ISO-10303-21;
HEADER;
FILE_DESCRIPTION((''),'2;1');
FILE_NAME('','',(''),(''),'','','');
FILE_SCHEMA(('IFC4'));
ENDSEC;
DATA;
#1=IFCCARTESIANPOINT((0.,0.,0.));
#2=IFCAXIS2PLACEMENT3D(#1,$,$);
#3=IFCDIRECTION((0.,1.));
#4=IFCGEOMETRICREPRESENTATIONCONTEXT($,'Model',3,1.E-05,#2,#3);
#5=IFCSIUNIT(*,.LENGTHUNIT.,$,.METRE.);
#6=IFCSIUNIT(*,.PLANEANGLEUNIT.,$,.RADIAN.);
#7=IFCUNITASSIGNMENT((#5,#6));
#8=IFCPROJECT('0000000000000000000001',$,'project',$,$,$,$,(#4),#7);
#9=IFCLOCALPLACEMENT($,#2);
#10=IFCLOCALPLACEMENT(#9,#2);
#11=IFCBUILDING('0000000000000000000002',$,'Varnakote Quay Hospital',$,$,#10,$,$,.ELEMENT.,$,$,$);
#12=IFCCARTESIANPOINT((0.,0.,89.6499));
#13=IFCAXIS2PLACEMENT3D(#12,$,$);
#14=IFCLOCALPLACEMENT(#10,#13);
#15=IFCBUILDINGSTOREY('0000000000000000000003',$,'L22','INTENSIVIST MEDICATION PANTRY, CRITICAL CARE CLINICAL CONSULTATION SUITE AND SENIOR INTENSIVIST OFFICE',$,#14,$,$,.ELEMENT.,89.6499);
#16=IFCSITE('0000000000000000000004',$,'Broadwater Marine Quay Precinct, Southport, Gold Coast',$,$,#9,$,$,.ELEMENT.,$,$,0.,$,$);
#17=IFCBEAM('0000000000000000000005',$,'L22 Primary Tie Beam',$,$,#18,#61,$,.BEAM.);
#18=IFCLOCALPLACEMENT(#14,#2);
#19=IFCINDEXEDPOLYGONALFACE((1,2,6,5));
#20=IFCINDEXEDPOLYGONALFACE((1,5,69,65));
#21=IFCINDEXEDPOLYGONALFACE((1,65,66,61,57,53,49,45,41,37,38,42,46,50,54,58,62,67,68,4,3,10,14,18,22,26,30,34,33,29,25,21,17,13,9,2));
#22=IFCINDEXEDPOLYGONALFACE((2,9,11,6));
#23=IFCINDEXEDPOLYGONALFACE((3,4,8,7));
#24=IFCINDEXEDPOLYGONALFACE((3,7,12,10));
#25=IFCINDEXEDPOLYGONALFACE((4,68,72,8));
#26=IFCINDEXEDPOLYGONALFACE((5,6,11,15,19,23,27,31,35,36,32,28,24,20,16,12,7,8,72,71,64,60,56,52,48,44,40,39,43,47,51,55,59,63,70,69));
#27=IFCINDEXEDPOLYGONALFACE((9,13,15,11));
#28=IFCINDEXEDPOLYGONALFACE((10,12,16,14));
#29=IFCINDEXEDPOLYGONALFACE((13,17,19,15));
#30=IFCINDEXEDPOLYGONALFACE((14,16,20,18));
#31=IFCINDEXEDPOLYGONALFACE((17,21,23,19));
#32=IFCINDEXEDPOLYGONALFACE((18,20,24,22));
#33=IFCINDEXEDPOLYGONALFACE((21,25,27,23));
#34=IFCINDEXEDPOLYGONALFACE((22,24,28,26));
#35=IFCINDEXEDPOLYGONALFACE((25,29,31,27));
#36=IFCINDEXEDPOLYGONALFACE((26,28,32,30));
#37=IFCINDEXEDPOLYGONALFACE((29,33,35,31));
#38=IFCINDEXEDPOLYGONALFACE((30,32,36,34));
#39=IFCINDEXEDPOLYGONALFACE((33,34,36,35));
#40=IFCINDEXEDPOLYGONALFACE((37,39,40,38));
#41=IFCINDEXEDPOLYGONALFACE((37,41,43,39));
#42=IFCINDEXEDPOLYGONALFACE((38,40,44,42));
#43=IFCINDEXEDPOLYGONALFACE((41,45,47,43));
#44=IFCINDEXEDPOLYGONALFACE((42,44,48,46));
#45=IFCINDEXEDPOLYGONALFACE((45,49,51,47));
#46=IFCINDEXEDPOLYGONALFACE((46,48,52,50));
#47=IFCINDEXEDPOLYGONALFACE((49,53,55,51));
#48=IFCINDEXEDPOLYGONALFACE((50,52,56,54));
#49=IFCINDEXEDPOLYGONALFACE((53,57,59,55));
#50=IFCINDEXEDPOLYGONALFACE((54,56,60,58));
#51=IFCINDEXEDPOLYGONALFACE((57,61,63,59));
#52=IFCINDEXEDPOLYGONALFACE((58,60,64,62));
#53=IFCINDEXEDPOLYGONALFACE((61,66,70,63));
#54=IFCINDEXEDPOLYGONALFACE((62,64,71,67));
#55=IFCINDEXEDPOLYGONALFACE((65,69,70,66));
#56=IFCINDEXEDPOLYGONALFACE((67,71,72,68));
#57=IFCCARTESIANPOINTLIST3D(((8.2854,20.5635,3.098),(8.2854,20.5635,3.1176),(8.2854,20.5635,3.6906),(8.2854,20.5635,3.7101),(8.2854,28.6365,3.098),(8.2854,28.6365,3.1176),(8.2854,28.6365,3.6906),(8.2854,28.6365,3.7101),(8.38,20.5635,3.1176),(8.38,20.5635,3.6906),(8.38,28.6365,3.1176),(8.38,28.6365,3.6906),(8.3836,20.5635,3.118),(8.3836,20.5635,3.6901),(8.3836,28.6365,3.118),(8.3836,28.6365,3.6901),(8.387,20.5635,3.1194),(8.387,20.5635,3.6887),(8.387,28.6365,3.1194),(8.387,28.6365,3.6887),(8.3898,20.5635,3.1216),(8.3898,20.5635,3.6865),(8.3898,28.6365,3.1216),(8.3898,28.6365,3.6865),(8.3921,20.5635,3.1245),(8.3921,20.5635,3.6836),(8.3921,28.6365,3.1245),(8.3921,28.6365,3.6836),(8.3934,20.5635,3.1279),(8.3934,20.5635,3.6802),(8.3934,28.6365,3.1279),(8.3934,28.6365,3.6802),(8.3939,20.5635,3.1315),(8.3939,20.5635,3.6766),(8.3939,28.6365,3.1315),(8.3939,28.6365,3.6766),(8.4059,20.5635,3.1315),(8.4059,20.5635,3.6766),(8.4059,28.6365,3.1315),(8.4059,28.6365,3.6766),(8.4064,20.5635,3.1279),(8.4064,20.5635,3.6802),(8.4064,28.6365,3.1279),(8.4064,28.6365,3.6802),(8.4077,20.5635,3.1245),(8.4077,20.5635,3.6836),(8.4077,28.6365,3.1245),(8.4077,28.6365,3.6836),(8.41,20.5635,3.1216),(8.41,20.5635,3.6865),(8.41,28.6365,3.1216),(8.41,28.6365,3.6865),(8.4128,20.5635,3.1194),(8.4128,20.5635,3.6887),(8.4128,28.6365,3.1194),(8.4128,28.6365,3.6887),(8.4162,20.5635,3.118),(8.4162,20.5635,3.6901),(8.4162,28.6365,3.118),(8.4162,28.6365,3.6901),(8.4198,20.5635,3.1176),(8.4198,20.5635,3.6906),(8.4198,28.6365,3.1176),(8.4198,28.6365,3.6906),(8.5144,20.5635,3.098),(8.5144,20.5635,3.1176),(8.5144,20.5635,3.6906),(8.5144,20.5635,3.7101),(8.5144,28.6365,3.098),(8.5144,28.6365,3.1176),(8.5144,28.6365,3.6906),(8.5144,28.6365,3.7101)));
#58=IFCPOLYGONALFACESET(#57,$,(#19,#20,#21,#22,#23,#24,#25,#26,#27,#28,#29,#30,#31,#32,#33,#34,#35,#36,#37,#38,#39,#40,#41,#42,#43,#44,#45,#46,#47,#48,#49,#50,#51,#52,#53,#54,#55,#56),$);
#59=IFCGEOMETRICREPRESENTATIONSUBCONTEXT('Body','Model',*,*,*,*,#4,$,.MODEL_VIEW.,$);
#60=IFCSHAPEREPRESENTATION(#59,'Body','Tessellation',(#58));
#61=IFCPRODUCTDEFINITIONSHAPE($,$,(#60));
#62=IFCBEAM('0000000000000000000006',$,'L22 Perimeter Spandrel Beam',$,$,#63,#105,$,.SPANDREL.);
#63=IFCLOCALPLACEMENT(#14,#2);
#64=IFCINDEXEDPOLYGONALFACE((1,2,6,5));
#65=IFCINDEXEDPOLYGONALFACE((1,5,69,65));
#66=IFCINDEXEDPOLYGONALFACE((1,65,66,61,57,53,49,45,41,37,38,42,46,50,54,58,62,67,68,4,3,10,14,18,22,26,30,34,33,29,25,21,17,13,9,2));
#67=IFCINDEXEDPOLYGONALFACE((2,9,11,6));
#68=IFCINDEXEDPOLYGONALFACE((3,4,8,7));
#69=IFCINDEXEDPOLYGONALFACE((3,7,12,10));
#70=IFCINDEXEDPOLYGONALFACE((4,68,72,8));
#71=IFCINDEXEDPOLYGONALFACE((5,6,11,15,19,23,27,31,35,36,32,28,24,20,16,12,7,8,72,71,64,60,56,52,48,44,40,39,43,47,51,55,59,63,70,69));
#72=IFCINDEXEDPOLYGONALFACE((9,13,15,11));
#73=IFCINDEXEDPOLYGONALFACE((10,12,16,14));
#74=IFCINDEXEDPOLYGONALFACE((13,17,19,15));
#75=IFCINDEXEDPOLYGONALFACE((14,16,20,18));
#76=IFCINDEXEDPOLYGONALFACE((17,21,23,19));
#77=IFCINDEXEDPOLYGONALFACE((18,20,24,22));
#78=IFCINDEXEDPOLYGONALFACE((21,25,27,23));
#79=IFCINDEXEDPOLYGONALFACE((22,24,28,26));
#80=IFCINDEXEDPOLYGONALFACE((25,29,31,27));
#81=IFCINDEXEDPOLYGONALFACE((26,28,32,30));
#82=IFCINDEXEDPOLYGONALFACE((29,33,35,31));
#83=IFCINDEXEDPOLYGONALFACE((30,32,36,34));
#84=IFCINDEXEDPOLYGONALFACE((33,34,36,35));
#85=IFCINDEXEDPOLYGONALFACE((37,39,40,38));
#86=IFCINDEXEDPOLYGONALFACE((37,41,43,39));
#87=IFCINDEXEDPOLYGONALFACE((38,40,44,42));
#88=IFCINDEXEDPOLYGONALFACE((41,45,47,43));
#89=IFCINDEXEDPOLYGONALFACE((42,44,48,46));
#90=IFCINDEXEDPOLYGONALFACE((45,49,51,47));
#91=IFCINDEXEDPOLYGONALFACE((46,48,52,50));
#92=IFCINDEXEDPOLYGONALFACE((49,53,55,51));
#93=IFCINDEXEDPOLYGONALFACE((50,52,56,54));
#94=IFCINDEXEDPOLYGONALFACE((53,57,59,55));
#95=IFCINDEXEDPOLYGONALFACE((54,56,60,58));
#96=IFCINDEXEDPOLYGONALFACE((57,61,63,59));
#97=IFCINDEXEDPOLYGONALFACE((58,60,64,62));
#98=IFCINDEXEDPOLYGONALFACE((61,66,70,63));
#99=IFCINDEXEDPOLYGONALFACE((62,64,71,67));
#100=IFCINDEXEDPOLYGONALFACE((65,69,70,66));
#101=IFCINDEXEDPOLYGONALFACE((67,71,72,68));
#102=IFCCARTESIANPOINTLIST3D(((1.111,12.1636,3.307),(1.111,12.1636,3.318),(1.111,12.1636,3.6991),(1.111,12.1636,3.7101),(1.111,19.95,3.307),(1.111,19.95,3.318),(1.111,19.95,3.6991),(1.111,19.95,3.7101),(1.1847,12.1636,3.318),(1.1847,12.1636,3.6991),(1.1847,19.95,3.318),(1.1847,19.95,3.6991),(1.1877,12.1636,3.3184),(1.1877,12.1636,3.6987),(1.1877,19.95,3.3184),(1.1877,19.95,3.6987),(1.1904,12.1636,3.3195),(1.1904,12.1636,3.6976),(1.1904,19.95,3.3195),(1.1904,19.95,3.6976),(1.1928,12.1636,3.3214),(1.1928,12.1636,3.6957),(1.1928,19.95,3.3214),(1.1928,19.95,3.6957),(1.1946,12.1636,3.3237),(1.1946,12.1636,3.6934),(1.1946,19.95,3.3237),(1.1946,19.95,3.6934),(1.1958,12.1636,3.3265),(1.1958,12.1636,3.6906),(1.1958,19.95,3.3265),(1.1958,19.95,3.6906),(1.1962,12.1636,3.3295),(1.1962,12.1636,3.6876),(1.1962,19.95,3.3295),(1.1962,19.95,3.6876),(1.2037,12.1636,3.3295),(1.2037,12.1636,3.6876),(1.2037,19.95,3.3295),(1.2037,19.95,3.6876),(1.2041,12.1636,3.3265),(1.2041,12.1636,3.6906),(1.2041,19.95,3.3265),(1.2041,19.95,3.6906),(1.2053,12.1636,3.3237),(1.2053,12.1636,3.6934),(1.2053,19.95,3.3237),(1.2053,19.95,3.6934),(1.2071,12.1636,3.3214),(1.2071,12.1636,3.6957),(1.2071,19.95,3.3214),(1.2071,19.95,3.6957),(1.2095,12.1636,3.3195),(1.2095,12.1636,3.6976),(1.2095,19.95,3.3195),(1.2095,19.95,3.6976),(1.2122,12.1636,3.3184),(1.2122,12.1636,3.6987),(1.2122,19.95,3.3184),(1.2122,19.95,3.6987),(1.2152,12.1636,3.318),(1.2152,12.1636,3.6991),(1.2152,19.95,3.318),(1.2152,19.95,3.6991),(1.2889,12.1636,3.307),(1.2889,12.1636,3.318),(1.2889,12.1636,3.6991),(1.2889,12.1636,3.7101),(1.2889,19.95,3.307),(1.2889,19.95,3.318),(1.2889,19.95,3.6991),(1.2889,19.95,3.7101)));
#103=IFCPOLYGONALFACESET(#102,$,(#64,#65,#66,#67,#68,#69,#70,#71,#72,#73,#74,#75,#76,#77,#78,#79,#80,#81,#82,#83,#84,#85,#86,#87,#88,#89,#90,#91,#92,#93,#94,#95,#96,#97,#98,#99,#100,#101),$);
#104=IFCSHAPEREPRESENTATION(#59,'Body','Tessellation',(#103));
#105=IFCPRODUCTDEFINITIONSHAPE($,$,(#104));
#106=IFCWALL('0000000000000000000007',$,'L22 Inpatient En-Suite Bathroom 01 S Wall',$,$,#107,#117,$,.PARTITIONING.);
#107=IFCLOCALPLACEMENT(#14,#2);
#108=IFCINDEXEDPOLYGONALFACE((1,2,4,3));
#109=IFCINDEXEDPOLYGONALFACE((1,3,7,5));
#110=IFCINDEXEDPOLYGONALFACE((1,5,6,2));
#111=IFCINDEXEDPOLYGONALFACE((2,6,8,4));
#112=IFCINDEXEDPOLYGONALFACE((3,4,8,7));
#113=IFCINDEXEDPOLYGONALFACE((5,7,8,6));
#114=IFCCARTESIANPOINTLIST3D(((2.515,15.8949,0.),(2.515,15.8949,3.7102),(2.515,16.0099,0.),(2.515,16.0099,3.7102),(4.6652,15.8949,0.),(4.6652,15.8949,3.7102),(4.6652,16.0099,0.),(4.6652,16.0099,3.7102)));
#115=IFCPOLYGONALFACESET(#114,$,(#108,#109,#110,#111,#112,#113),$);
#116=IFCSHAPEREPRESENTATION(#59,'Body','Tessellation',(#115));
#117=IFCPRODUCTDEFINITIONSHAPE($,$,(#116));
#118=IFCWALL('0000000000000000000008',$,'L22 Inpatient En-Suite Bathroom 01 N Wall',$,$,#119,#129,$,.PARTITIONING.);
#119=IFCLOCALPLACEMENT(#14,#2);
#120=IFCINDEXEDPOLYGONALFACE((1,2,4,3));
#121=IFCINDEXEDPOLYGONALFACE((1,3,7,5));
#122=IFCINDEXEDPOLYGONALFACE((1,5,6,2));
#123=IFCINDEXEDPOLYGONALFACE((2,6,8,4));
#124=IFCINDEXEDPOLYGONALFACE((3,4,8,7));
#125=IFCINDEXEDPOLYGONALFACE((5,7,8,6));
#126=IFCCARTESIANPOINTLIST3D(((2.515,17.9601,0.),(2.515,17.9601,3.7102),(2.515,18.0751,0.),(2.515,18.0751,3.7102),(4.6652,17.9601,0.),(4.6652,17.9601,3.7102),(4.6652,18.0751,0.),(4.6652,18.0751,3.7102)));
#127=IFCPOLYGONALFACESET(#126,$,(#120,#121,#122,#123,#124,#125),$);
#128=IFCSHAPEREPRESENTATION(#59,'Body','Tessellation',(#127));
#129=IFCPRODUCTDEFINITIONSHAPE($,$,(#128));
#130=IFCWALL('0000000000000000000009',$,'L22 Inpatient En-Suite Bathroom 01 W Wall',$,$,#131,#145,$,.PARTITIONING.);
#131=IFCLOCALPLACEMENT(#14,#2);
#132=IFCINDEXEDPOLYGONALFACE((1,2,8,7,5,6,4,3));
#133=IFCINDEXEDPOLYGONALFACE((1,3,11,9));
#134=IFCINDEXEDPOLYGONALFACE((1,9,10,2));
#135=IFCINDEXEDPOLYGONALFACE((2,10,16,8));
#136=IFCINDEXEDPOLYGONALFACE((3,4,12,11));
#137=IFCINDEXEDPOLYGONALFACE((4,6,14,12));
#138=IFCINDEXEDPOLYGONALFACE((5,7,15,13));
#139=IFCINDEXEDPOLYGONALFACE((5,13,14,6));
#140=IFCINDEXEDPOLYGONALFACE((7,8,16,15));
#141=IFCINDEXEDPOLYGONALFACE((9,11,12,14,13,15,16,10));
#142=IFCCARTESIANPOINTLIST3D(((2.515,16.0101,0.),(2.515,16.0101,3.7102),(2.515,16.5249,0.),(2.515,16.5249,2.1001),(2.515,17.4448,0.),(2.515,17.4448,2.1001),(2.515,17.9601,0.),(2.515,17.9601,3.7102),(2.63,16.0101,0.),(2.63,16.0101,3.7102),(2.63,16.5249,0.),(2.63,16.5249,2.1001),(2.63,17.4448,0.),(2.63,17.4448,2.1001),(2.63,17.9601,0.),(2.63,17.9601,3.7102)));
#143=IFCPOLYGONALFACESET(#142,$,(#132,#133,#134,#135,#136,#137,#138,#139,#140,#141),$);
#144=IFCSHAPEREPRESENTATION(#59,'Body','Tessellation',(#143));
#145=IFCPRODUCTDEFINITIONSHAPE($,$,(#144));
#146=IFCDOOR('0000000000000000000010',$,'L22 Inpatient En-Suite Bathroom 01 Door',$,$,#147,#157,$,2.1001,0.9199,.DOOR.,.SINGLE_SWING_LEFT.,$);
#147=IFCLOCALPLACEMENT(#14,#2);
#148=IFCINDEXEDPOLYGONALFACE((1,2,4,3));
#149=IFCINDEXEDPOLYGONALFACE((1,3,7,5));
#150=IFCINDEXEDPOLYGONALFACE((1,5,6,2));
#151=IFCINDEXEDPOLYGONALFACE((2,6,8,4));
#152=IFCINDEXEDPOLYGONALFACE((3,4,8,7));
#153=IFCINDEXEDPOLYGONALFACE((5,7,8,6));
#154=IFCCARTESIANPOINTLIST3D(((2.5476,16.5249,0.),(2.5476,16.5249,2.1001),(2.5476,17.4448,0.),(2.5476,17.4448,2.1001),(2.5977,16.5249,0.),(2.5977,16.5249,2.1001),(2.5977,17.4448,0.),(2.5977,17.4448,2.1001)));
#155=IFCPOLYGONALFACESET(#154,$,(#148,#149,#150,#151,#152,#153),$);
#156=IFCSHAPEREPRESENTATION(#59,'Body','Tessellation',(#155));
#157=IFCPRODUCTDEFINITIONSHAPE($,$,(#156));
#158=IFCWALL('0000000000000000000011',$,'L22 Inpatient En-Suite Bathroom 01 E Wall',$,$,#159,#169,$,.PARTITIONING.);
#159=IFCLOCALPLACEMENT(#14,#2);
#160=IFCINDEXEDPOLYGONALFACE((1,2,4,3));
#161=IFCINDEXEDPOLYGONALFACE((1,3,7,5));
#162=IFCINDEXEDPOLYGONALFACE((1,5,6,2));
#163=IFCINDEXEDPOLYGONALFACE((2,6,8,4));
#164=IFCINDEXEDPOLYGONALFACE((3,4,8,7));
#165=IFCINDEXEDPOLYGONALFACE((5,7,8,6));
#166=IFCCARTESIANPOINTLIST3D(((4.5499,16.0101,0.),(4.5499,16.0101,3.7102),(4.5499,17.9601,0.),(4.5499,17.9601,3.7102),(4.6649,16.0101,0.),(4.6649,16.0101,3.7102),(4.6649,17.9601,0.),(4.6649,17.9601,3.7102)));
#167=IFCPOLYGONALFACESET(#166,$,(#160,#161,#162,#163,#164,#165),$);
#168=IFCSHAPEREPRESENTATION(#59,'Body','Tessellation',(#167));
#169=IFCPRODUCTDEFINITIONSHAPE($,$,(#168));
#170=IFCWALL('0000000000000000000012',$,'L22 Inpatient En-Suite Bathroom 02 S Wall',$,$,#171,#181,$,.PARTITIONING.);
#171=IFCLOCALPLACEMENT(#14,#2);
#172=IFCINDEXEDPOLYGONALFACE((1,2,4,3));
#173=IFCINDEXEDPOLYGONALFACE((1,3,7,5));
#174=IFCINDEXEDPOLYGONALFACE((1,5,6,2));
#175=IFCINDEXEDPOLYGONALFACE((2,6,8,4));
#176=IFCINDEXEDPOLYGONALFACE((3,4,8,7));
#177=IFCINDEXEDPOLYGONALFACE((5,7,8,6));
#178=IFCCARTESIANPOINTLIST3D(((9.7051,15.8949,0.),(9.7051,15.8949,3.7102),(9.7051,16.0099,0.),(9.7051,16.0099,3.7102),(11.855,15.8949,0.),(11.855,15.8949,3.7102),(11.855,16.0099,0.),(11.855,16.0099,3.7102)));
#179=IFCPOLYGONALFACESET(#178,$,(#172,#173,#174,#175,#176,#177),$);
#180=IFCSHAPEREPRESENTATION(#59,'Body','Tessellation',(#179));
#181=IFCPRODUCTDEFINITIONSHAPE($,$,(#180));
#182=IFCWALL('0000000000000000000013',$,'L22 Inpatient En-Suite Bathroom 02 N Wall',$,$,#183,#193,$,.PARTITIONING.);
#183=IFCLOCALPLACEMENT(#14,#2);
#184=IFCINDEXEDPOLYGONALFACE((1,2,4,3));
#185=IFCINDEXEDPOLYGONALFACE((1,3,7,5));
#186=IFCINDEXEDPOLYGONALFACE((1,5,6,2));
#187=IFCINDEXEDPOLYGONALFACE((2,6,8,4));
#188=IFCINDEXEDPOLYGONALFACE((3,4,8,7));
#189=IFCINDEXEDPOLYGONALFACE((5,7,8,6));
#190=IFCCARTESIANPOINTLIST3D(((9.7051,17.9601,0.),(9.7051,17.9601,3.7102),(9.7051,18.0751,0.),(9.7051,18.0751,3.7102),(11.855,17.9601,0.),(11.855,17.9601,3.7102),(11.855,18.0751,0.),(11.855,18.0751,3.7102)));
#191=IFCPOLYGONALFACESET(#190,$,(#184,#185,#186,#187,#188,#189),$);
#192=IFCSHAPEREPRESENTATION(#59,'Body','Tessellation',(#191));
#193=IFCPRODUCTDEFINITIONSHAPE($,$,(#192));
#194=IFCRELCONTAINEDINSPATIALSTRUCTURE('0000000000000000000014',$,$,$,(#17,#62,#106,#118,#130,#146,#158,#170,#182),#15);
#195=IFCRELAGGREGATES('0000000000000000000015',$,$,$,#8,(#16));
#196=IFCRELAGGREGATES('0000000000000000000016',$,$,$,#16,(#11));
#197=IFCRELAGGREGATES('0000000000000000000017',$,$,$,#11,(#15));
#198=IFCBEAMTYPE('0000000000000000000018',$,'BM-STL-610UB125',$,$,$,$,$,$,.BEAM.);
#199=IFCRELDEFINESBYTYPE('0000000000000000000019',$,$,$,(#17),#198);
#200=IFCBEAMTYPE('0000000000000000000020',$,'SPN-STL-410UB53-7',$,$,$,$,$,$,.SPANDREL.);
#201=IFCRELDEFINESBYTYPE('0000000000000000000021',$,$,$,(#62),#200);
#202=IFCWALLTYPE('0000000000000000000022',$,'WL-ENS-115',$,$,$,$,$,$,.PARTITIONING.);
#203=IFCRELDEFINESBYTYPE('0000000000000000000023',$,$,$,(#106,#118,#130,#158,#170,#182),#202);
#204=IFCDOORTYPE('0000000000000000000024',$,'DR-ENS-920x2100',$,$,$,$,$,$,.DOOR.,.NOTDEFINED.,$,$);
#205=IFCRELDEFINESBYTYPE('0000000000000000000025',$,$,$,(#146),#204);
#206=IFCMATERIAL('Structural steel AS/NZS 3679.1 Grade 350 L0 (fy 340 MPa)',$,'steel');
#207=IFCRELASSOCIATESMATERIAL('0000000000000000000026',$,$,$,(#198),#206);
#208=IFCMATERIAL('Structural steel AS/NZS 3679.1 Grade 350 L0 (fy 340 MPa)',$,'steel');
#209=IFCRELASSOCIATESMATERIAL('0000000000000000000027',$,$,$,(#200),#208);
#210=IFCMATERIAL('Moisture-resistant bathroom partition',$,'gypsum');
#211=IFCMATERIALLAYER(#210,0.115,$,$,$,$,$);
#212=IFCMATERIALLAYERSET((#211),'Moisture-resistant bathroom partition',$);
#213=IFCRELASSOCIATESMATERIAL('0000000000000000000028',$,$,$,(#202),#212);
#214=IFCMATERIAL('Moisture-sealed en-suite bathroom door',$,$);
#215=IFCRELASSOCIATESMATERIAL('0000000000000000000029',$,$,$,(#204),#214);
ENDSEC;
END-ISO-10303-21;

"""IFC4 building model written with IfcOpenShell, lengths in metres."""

from ifc_helpers import new_model, si_unit, direction, frame, frame_2d, origin, origin_2d, place, context, subcontext, project, spatial, rectangle, i_section, extrude, material, layer, layer_set, material_profile, profile_set, type_object, element, fill, save


model = new_model("IFC4")

# Units and contexts
model_context = context("Model", 3, precision=1e-05, world=origin(), true_north=direction((0.0, 1.0)))
body_context = subcontext(model_context, "Body", "Model", "MODEL_VIEW")
ifc_project = project(units=[si_unit("LENGTHUNIT", "METRE"), si_unit("PLANEANGLEUNIT", "RADIAN")], contexts=[model_context])

# Site, building, storey
site_placement = place(None, origin())
site = spatial("IfcSite", under=ifc_project, at=site_placement, Name="Broadwater Marine Quay Precinct, Southport, Gold Coast", CompositionType="ELEMENT", RefElevation=0.0)
building_placement = place(site_placement, origin())
building = spatial("IfcBuilding", under=site, at=building_placement, Name="Varnakote Quay Hospital", CompositionType="ELEMENT")
storey_placement = place(building_placement, frame((0.0, 0.0, 89.6499)))
storey = spatial("IfcBuildingStorey", under=building, at=storey_placement, Name="L22", Description="INTENSIVIST MEDICATION PANTRY, CRITICAL CARE CLINICAL CONSULTATION SUITE AND SENIOR INTENSIVIST OFFICE", CompositionType="ELEMENT", Elevation=89.6499)

# Beams
ifc_material_1 = material(Name="Structural steel AS/NZS 3679.1 Grade 350 L0 (fy 340 MPa)", Category="steel")
ifc_material_profile_1 = material_profile(ifc_material_1, i_section(OverallWidth=0.229, OverallDepth=0.6121, WebThickness=0.012, FlangeThickness=0.0195, FilletRadius=0.0139, at=origin_2d()), Name="610UB125")
ifc_profile_set_1 = profile_set([ifc_material_profile_1], Name="Structural steel AS/NZS 3679.1 Grade 350 L0 (fy 340 MPa)")
beam_type_1 = type_object("IfcBeamType", Name="BM-STL-610UB125", PredefinedType="BEAM", material=ifc_profile_set_1)
beam_1_placement = place(storey_placement, frame((8.3999, 20.5635, 3.4041), z_axis=(0.0, 1.0, 0.0), x_axis=(-1.0, 0.0, 0.0)))
element("IfcBeam", 1, at=beam_1_placement, inside=storey, type_object=beam_type_1, Name="L22 Primary Tie Beam", PredefinedType="BEAM", context=body_context, shape_type="SweptSolid", body=[
    extrude(i_section(OverallWidth=0.229, OverallDepth=0.6121, WebThickness=0.012, FlangeThickness=0.0195, FilletRadius=0.0139, at=origin_2d()), origin(), (0.0, 0.0, 1.0), 8.073),
])
ifc_material_2 = material(Name="Structural steel AS/NZS 3679.1 Grade 350 L0 (fy 340 MPa)", Category="steel")
ifc_material_profile_2 = material_profile(ifc_material_2, i_section(OverallWidth=0.178, OverallDepth=0.4031, WebThickness=0.0076, FlangeThickness=0.011, FilletRadius=0.0115, at=origin_2d()), Name="410UB53.7")
ifc_profile_set_2 = profile_set([ifc_material_profile_2], Name="Structural steel AS/NZS 3679.1 Grade 350 L0 (fy 340 MPa)")
beam_type_2 = type_object("IfcBeamType", Name="SPN-STL-410UB53-7", PredefinedType="SPANDREL", material=ifc_profile_set_2)
beam_2_placement = place(storey_placement, frame((1.2, 12.1636, 3.5085), z_axis=(0.0, 1.0, 0.0), x_axis=(-1.0, 0.0, 0.0)))
element("IfcBeam", 2, at=beam_2_placement, inside=storey, type_object=beam_type_2, Name="L22 Perimeter Spandrel Beam", PredefinedType="SPANDREL", context=body_context, shape_type="SweptSolid", body=[
    extrude(i_section(OverallWidth=0.178, OverallDepth=0.4031, WebThickness=0.0076, FlangeThickness=0.011, FilletRadius=0.0115, at=origin_2d()), origin(), (0.0, 0.0, 1.0), 7.7864),
])

# Walls
ifc_material_3 = material(Name="Moisture-resistant bathroom partition", Category="gypsum")
ifc_layer_1 = layer(ifc_material_3, 0.115)
ifc_layer_set_1 = layer_set([ifc_layer_1], Name="Moisture-resistant bathroom partition")
wall_type_1 = type_object("IfcWallType", Name="WL-ENS-115", PredefinedType="PARTITIONING", material=ifc_layer_set_1)
for number, where, z_axis, x_axis, name in (
    (3, (2.5149, 15.9524, 0.0), (0.0, 0.0, 1.0), (1.0, 0.0, 0.0), "L22 Inpatient En-Suite Bathroom 01 S Wall"),
    (4, (2.5149, 18.0176, 0.0), (0.0, 0.0, 1.0), (1.0, 0.0, 0.0), "L22 Inpatient En-Suite Bathroom 01 N Wall"),
):
    element("IfcWall", number, at=place(storey_placement, frame(where, z_axis=z_axis, x_axis=x_axis)), inside=storey, type_object=wall_type_1, Name=name, PredefinedType="PARTITIONING", context=body_context, shape_type="SweptSolid", body=[
        extrude(rectangle(XDim=2.1501, YDim=0.115, at=frame_2d((1.0752, 0.0))), origin(), (0.0, 0.0, 1.0), 3.7102),
    ])

# Wall, opening, door
wall_1_placement = place(storey_placement, frame((2.5725, 16.01, 0.0), z_axis=(0.0, 0.0, 1.0), x_axis=(0.0, 1.0, 0.0)))
wall_1 = element("IfcWall", 5, at=wall_1_placement, inside=storey, type_object=wall_type_1, Name="L22 Inpatient En-Suite Bathroom 01 W Wall", PredefinedType="PARTITIONING", context=body_context, shape_type="SweptSolid", body=[
    extrude(rectangle(XDim=1.95, YDim=0.115, at=frame_2d((0.9751, 0.0))), origin(), (0.0, 0.0, 1.0), 3.7102),
])
opening_1_placement = place(wall_1_placement, frame((0.5149, 0.0, 0.0)))
opening_1 = element("IfcOpeningElement", 6, at=opening_1_placement, cuts=wall_1, PredefinedType="OPENING", context=body_context, shape_type="SweptSolid", body=[
    extrude(rectangle(XDim=0.9199, YDim=2.1001, at=frame_2d((0.46, 1.05))), frame((0.0, 0.0674, 0.0), z_axis=(0.0, -1.0, 0.0), x_axis=(1.0, 0.0, 0.0)), (0.0, 0.0, 1.0), 0.135),
])
ifc_material_4 = material(Name="Moisture-sealed en-suite bathroom door")
door_type_1 = type_object("IfcDoorType", Name="DR-ENS-920x2100", OperationType="NOTDEFINED", PredefinedType="DOOR", material=ifc_material_4)
door_1_placement = place(opening_1_placement, origin())
door_1 = element("IfcDoor", 7, at=door_1_placement, inside=storey, type_object=door_type_1, Name="L22 Inpatient En-Suite Bathroom 01 Door", OperationType="SINGLE_SWING_LEFT", OverallHeight=2.1001, OverallWidth=0.9199, PredefinedType="DOOR", context=body_context, shape_type="SweptSolid", body=[
    extrude(rectangle(XDim=0.9199, YDim=2.1001, at=frame_2d((0.46, 1.05))), frame((0.0, 0.0249, 0.0), z_axis=(0.0, -1.0, 0.0), x_axis=(1.0, 0.0, 0.0)), (0.0, 0.0, 1.0), 0.05),
])
fill(opening_1, door_1)

# Walls
wall_2_placement = place(storey_placement, frame((4.6074, 16.01, 0.0), z_axis=(0.0, 0.0, 1.0), x_axis=(0.0, 1.0, 0.0)))
element("IfcWall", 8, at=wall_2_placement, inside=storey, type_object=wall_type_1, Name="L22 Inpatient En-Suite Bathroom 01 E Wall", PredefinedType="PARTITIONING", context=body_context, shape_type="SweptSolid", body=[
    extrude(rectangle(XDim=1.95, YDim=0.115, at=frame_2d((0.9751, 0.0))), origin(), (0.0, 0.0, 1.0), 3.7102),
])
for number, where, z_axis, x_axis, name in (
    (9, (9.7051, 15.9524, 0.0), (0.0, 0.0, 1.0), (1.0, 0.0, 0.0), "L22 Inpatient En-Suite Bathroom 02 S Wall"),
    (10, (9.7051, 18.0176, 0.0), (0.0, 0.0, 1.0), (1.0, 0.0, 0.0), "L22 Inpatient En-Suite Bathroom 02 N Wall"),
):
    element("IfcWall", number, at=place(storey_placement, frame(where, z_axis=z_axis, x_axis=x_axis)), inside=storey, type_object=wall_type_1, Name=name, PredefinedType="PARTITIONING", context=body_context, shape_type="SweptSolid", body=[
        extrude(rectangle(XDim=2.1499, YDim=0.115, at=frame_2d((1.075, 0.0))), origin(), (0.0, 0.0, 1.0), 3.7102),
    ])

save(model, "model.ifc")
